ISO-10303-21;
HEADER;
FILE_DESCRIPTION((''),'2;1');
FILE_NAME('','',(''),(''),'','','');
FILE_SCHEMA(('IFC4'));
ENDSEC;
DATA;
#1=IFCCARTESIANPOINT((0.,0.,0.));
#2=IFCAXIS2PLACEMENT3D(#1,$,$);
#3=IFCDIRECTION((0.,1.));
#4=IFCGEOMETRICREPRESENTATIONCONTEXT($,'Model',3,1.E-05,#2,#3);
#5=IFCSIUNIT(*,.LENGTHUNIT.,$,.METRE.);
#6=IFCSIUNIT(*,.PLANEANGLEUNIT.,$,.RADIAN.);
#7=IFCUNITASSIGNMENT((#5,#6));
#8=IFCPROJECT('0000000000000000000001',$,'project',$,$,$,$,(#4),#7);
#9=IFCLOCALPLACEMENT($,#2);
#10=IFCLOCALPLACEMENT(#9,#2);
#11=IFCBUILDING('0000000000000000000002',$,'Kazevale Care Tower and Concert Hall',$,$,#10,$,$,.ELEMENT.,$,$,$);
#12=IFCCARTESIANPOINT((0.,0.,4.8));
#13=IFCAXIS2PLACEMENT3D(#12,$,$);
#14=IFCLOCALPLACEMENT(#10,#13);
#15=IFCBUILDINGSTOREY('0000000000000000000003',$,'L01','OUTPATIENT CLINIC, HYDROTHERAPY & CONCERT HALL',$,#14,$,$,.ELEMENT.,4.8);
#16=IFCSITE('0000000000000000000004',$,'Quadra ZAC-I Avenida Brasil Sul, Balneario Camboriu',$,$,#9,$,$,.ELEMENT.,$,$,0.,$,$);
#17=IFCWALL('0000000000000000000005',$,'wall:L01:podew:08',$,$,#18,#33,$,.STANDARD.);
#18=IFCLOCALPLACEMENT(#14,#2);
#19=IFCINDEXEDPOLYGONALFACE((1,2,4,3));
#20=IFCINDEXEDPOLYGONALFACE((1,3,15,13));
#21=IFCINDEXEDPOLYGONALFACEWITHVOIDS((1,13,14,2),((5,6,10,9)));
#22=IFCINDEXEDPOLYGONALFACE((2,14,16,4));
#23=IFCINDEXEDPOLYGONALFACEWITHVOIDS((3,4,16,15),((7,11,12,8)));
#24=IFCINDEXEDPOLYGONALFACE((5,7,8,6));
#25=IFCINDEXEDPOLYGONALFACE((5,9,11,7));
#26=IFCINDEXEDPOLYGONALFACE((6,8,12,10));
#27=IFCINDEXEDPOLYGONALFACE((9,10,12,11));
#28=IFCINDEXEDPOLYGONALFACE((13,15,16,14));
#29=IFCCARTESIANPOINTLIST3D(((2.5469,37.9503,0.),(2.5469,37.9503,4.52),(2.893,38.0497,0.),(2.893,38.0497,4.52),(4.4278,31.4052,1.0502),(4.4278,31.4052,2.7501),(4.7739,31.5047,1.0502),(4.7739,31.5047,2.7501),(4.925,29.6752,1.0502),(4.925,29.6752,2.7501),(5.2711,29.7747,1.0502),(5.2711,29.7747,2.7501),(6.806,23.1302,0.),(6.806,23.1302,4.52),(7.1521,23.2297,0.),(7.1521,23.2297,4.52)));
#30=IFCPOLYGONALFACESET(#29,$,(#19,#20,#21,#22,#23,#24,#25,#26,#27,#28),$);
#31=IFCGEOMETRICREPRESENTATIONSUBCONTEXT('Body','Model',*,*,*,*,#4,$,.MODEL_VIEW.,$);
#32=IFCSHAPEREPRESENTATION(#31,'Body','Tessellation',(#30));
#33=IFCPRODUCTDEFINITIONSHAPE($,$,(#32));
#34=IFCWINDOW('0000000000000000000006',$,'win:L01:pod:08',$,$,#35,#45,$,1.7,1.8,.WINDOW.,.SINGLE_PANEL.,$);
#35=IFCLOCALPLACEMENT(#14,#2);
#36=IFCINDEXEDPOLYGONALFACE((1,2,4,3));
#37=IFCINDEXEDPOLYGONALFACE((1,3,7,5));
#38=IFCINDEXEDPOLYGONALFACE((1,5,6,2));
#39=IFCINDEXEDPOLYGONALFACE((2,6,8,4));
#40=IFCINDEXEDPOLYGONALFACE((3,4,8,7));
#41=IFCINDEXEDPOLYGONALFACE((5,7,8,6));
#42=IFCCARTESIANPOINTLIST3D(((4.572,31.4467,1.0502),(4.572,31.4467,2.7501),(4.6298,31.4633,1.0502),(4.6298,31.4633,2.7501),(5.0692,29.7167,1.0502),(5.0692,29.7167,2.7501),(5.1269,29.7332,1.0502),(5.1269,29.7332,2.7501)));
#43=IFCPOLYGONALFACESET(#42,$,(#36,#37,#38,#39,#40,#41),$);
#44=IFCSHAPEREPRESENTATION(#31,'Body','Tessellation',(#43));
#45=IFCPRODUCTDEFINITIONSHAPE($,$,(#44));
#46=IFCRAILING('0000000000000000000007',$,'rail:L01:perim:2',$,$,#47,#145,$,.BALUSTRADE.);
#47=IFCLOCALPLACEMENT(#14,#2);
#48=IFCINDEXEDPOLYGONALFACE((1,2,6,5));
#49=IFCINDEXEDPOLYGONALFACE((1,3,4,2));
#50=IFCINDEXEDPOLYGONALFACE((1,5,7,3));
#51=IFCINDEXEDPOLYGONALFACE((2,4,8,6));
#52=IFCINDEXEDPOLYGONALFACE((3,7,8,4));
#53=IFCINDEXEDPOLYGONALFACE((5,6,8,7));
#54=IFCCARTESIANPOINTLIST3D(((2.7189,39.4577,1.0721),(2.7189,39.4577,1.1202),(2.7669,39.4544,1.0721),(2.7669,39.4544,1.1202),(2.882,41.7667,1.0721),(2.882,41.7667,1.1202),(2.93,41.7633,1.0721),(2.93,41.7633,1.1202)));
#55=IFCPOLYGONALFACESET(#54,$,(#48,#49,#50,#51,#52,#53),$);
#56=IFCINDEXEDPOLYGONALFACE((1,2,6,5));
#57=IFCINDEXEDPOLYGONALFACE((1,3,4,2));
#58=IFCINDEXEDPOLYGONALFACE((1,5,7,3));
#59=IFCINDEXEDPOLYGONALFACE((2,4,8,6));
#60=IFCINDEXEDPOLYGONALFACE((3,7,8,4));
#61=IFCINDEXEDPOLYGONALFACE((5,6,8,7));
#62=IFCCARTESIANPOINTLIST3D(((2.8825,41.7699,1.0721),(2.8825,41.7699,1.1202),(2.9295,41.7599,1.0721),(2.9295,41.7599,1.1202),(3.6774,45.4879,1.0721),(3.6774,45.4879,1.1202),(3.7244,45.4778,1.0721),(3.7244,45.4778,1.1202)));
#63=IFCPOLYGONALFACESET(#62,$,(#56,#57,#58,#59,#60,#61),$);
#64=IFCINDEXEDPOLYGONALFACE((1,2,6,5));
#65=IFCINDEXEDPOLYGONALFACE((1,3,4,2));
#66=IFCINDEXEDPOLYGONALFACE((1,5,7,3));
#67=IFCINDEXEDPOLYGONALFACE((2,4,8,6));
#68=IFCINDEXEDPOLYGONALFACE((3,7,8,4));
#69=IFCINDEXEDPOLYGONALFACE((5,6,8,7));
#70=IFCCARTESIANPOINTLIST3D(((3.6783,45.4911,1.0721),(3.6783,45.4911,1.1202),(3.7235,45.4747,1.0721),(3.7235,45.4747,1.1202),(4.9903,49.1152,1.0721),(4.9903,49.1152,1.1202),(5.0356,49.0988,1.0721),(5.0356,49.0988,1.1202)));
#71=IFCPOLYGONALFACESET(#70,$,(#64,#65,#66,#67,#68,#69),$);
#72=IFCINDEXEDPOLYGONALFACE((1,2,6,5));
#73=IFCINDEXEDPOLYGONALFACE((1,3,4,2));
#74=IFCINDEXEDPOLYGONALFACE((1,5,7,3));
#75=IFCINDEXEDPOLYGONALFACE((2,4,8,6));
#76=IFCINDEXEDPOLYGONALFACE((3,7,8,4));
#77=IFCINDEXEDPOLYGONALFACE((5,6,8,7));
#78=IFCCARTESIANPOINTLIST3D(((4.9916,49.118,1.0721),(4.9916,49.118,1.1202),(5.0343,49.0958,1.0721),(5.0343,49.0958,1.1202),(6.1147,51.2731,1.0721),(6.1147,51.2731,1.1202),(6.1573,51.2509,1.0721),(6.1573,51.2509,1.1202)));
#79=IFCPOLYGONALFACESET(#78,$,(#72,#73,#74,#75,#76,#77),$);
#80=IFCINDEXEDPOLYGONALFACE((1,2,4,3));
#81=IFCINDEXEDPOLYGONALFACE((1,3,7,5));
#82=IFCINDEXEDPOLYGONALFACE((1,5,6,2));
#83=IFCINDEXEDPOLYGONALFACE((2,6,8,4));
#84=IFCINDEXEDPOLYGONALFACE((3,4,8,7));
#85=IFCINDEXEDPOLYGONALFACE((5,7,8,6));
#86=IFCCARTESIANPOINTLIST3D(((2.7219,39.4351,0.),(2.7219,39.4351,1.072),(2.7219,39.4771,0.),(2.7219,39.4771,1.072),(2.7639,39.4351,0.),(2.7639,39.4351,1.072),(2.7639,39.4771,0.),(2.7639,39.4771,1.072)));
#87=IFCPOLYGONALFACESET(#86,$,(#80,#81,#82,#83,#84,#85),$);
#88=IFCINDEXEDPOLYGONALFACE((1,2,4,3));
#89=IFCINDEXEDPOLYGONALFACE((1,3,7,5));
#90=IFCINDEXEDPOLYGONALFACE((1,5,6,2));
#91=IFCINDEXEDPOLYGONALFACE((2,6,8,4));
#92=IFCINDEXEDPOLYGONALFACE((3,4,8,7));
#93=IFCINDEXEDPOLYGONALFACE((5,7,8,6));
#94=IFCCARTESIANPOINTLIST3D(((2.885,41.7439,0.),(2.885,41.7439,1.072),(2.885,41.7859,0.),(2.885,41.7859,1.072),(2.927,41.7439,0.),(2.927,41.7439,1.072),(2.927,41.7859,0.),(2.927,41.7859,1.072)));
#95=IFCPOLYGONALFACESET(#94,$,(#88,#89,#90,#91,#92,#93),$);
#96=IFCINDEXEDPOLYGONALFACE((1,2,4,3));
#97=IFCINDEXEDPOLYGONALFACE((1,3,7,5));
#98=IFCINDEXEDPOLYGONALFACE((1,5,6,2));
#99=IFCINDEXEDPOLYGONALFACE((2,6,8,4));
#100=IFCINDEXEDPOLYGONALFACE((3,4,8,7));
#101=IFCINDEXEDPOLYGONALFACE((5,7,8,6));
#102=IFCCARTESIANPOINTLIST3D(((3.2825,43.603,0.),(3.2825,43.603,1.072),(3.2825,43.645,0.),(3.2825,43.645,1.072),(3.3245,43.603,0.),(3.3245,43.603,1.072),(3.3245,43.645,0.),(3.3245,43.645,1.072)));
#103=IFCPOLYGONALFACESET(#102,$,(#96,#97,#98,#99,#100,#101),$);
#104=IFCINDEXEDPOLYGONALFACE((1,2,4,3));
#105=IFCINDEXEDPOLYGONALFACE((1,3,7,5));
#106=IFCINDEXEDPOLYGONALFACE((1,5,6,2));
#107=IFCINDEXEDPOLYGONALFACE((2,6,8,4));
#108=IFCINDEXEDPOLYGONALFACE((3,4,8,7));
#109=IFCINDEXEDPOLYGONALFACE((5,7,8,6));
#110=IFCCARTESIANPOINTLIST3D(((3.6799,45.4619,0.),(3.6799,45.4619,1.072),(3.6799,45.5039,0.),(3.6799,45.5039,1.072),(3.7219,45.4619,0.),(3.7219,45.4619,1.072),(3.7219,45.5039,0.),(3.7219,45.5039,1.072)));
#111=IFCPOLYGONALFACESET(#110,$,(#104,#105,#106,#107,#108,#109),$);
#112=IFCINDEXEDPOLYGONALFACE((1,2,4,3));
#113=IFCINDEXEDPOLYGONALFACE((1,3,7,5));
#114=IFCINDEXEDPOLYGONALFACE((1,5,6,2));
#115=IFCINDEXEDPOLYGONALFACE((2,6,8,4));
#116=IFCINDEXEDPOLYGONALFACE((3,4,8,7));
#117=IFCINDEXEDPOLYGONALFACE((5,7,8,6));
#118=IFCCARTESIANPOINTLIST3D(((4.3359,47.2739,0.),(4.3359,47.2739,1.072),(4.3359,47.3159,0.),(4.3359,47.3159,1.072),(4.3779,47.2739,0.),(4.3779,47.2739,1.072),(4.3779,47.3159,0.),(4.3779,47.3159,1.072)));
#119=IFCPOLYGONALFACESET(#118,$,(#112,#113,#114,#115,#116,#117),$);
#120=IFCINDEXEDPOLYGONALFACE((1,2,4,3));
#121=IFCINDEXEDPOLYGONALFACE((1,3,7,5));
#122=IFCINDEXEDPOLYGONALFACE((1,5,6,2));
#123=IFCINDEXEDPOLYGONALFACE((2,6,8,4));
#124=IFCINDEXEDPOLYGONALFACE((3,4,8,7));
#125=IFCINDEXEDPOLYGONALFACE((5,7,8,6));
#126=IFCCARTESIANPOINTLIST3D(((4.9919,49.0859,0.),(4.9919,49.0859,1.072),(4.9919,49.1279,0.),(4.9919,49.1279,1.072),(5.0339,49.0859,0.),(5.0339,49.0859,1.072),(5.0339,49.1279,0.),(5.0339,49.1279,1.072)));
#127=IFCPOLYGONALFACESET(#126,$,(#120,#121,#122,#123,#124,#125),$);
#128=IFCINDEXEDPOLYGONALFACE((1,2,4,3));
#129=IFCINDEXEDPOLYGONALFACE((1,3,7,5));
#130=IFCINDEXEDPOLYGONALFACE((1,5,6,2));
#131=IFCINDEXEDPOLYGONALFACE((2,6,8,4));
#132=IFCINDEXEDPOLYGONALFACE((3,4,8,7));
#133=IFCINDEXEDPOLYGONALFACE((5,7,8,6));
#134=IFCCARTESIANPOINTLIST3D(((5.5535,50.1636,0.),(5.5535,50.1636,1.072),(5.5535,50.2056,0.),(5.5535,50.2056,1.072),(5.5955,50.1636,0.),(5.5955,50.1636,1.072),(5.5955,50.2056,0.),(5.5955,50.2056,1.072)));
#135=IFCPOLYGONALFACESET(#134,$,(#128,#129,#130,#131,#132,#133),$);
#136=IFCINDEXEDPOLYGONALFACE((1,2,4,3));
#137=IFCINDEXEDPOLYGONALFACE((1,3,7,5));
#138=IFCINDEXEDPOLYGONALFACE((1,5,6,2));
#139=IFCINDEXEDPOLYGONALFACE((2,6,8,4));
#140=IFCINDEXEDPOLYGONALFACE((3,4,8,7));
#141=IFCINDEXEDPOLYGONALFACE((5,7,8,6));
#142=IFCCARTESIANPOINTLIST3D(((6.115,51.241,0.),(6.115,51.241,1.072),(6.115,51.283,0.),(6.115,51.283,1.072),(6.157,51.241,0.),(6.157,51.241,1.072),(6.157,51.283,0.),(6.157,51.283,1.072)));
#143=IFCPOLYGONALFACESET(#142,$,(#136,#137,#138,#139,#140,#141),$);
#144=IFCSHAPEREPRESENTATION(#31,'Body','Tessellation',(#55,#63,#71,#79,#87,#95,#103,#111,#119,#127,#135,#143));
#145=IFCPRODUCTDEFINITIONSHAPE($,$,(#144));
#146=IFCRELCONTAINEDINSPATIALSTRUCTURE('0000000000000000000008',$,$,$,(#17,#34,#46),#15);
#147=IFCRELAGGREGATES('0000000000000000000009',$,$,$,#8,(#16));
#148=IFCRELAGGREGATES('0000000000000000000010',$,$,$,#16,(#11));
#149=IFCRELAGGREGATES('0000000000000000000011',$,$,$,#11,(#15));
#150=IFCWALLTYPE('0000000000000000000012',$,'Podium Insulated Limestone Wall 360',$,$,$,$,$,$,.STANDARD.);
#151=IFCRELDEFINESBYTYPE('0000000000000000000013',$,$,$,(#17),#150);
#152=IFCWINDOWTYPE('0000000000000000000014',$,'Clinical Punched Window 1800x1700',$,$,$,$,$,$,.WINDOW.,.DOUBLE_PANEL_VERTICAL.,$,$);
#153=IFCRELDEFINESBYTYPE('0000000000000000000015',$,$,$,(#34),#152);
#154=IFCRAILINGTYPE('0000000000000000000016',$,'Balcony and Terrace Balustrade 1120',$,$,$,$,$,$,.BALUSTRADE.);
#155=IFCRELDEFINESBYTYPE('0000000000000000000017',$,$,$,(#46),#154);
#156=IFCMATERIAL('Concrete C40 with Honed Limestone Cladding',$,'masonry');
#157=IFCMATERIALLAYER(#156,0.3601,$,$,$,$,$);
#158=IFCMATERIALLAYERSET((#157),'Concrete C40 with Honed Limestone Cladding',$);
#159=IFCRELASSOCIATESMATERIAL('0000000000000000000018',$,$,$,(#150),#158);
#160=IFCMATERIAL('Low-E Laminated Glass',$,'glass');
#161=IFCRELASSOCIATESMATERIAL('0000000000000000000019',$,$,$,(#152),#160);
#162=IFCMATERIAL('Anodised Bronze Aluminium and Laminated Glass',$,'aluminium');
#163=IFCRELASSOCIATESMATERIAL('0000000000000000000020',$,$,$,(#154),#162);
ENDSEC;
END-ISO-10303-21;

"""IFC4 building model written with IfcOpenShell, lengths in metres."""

from ifc_helpers import new_model, si_unit, direction, frame, frame_2d, origin, origin_2d, place, context, subcontext, project, spatial, rectangle, extrude, material, layer, layer_set, type_object, element, fill, save


model = new_model("IFC4")

# Units and contexts
model_context = context("Model", 3, precision=1e-05, world=origin(), true_north=direction((0.0, 1.0)))
body_context = subcontext(model_context, "Body", "Model", "MODEL_VIEW")
ifc_project = project(units=[si_unit("LENGTHUNIT", "METRE"), si_unit("PLANEANGLEUNIT", "RADIAN")], contexts=[model_context])

# Site, building, storey
site_placement = place(None, origin())
site = spatial("IfcSite", under=ifc_project, at=site_placement, Name="Quadra ZAC-I Avenida Brasil Sul, Balneario Camboriu", CompositionType="ELEMENT", RefElevation=0.0)
building_placement = place(site_placement, origin())
building = spatial("IfcBuilding", under=site, at=building_placement, Name="Kazevale Care Tower and Concert Hall", CompositionType="ELEMENT")
storey_placement = place(building_placement, frame((0.0, 0.0, 4.8)))
storey = spatial("IfcBuildingStorey", under=building, at=storey_placement, Name="L01", Description="OUTPATIENT CLINIC, HYDROTHERAPY & CONCERT HALL", CompositionType="ELEMENT", Elevation=4.8)

# Wall, opening, window
ifc_material_1 = material(Name="Concrete C40 with Honed Limestone Cladding", Category="masonry")
ifc_layer_1 = layer(ifc_material_1, 0.3601)
ifc_layer_set_1 = layer_set([ifc_layer_1], Name="Concrete C40 with Honed Limestone Cladding")
wall_type_1 = type_object("IfcWallType", Name="Podium Insulated Limestone Wall 360", PredefinedType="STANDARD", material=ifc_layer_set_1)
wall_1_placement = place(storey_placement, frame((2.72, 38.0, 0.0), z_axis=(0.0, 0.0, 1.0), x_axis=(0.276203, -0.961099, 0.0)))
wall_1 = element("IfcWall", 1, at=wall_1_placement, inside=storey, type_object=wall_type_1, Name="wall:L01:podew:08", PredefinedType="STANDARD", context=body_context, shape_type="SweptSolid", body=[
    extrude(rectangle(XDim=15.4199, YDim=0.3601, at=frame_2d((7.71, 0.0))), origin(), (0.0, 0.0, 1.0), 4.52),
])
opening_1_placement = place(wall_1_placement, frame((6.8101, 0.0, 1.05)))
opening_1 = element("IfcOpeningElement", 2, at=opening_1_placement, cuts=wall_1, PredefinedType="OPENING", context=body_context, shape_type="SweptSolid", body=[
    extrude(rectangle(XDim=1.8, YDim=1.7, at=frame_2d((0.8999, 0.8501))), frame((0.0, 0.1899, 0.0), z_axis=(0.0, -1.0, 0.0), x_axis=(1.0, 0.0, 0.0)), (0.0, 0.0, 1.0), 0.3801),
])
ifc_material_2 = material(Name="Low-E Laminated Glass", Category="glass")
window_type = type_object("IfcWindowType", Name="Clinical Punched Window 1800x1700", PartitioningType="DOUBLE_PANEL_VERTICAL", PredefinedType="WINDOW", material=ifc_material_2)
window_placement = place(opening_1_placement, origin())
window = element("IfcWindow", 3, at=window_placement, inside=storey, type_object=window_type, Name="win:L01:pod:08", OverallHeight=1.7, OverallWidth=1.8, PartitioningType="SINGLE_PANEL", PredefinedType="WINDOW", context=body_context, shape_type="SweptSolid", body=[
    extrude(rectangle(XDim=1.8, YDim=1.7, at=frame_2d((0.8999, 0.8501))), frame((0.0, 0.03, 0.0), z_axis=(0.0, -1.0, 0.0), x_axis=(1.0, 0.0, 0.0)), (0.0, 0.0, 1.0), 0.0601),
])
fill(opening_1, window)

# Railing
ifc_material_3 = material(Name="Anodised Bronze Aluminium and Laminated Glass", Category="aluminium")
railing_type = type_object("IfcRailingType", Name="Balcony and Terrace Balustrade 1120", PredefinedType="BALUSTRADE", material=ifc_material_3)
railing_placement = place(storey_placement, frame((2.7429, 39.4561, 0.0)))
element("IfcRailing", 4, at=railing_placement, inside=storey, type_object=railing_type, Name="rail:L01:perim:2", PredefinedType="BALUSTRADE", context=body_context, shape_type="SweptSolid", body=[
    extrude(rectangle(XDim=0.0481, YDim=0.0481, at=origin_2d()), frame((0.0, 0.0, 1.0962), z_axis=(0.07046, 0.997515, 0.0), x_axis=(-0.997515, 0.07046, 0.0)), (0.0, 0.0, 1.0), 2.3147),
    extrude(rectangle(XDim=0.0481, YDim=0.0481, at=origin_2d()), frame((0.1631, 2.3088, 1.0962), z_axis=(0.209077, 0.977899, 0.0), x_axis=(-0.977899, 0.209077, 0.0)), (0.0, 0.0, 1.0), 3.802),
    extrude(rectangle(XDim=0.0481, YDim=0.0481, at=origin_2d()), frame((0.958, 6.0269, 1.0962), z_axis=(0.34041, 0.940277, 0.0), x_axis=(-0.940277, 0.34041, 0.0)), (0.0, 0.0, 1.0), 3.8542),
    extrude(rectangle(XDim=0.0481, YDim=0.0481, at=origin_2d()), frame((2.27, 9.6509, 1.0962), z_axis=(0.46214, 0.886807, 0.0), x_axis=(-0.886807, 0.46214, 0.0)), (0.0, 0.0, 1.0), 2.4302),
    extrude(rectangle(XDim=0.042, YDim=0.042, at=origin_2d()), origin(), (0.0, 0.0, 1.0), 1.072),
    extrude(rectangle(XDim=0.042, YDim=0.042, at=origin_2d()), frame((0.1631, 2.3088, 0.0)), (0.0, 0.0, 1.0), 1.072),
    extrude(rectangle(XDim=0.042, YDim=0.042, at=origin_2d()), frame((0.5605, 4.168, 0.0)), (0.0, 0.0, 1.0), 1.072),
    extrude(rectangle(XDim=0.042, YDim=0.042, at=origin_2d()), frame((0.958, 6.0269, 0.0)), (0.0, 0.0, 1.0), 1.072),
    extrude(rectangle(XDim=0.042, YDim=0.042, at=origin_2d()), frame((1.614, 7.8389, 0.0)), (0.0, 0.0, 1.0), 1.072),
    extrude(rectangle(XDim=0.042, YDim=0.042, at=origin_2d()), frame((2.27, 9.6509, 0.0)), (0.0, 0.0, 1.0), 1.072),
    extrude(rectangle(XDim=0.042, YDim=0.042, at=origin_2d()), frame((2.8315, 10.7285, 0.0)), (0.0, 0.0, 1.0), 1.072),
    extrude(rectangle(XDim=0.042, YDim=0.042, at=origin_2d()), frame((3.3931, 11.8059, 0.0)), (0.0, 0.0, 1.0), 1.072),
])

save(model, "model.ifc")
